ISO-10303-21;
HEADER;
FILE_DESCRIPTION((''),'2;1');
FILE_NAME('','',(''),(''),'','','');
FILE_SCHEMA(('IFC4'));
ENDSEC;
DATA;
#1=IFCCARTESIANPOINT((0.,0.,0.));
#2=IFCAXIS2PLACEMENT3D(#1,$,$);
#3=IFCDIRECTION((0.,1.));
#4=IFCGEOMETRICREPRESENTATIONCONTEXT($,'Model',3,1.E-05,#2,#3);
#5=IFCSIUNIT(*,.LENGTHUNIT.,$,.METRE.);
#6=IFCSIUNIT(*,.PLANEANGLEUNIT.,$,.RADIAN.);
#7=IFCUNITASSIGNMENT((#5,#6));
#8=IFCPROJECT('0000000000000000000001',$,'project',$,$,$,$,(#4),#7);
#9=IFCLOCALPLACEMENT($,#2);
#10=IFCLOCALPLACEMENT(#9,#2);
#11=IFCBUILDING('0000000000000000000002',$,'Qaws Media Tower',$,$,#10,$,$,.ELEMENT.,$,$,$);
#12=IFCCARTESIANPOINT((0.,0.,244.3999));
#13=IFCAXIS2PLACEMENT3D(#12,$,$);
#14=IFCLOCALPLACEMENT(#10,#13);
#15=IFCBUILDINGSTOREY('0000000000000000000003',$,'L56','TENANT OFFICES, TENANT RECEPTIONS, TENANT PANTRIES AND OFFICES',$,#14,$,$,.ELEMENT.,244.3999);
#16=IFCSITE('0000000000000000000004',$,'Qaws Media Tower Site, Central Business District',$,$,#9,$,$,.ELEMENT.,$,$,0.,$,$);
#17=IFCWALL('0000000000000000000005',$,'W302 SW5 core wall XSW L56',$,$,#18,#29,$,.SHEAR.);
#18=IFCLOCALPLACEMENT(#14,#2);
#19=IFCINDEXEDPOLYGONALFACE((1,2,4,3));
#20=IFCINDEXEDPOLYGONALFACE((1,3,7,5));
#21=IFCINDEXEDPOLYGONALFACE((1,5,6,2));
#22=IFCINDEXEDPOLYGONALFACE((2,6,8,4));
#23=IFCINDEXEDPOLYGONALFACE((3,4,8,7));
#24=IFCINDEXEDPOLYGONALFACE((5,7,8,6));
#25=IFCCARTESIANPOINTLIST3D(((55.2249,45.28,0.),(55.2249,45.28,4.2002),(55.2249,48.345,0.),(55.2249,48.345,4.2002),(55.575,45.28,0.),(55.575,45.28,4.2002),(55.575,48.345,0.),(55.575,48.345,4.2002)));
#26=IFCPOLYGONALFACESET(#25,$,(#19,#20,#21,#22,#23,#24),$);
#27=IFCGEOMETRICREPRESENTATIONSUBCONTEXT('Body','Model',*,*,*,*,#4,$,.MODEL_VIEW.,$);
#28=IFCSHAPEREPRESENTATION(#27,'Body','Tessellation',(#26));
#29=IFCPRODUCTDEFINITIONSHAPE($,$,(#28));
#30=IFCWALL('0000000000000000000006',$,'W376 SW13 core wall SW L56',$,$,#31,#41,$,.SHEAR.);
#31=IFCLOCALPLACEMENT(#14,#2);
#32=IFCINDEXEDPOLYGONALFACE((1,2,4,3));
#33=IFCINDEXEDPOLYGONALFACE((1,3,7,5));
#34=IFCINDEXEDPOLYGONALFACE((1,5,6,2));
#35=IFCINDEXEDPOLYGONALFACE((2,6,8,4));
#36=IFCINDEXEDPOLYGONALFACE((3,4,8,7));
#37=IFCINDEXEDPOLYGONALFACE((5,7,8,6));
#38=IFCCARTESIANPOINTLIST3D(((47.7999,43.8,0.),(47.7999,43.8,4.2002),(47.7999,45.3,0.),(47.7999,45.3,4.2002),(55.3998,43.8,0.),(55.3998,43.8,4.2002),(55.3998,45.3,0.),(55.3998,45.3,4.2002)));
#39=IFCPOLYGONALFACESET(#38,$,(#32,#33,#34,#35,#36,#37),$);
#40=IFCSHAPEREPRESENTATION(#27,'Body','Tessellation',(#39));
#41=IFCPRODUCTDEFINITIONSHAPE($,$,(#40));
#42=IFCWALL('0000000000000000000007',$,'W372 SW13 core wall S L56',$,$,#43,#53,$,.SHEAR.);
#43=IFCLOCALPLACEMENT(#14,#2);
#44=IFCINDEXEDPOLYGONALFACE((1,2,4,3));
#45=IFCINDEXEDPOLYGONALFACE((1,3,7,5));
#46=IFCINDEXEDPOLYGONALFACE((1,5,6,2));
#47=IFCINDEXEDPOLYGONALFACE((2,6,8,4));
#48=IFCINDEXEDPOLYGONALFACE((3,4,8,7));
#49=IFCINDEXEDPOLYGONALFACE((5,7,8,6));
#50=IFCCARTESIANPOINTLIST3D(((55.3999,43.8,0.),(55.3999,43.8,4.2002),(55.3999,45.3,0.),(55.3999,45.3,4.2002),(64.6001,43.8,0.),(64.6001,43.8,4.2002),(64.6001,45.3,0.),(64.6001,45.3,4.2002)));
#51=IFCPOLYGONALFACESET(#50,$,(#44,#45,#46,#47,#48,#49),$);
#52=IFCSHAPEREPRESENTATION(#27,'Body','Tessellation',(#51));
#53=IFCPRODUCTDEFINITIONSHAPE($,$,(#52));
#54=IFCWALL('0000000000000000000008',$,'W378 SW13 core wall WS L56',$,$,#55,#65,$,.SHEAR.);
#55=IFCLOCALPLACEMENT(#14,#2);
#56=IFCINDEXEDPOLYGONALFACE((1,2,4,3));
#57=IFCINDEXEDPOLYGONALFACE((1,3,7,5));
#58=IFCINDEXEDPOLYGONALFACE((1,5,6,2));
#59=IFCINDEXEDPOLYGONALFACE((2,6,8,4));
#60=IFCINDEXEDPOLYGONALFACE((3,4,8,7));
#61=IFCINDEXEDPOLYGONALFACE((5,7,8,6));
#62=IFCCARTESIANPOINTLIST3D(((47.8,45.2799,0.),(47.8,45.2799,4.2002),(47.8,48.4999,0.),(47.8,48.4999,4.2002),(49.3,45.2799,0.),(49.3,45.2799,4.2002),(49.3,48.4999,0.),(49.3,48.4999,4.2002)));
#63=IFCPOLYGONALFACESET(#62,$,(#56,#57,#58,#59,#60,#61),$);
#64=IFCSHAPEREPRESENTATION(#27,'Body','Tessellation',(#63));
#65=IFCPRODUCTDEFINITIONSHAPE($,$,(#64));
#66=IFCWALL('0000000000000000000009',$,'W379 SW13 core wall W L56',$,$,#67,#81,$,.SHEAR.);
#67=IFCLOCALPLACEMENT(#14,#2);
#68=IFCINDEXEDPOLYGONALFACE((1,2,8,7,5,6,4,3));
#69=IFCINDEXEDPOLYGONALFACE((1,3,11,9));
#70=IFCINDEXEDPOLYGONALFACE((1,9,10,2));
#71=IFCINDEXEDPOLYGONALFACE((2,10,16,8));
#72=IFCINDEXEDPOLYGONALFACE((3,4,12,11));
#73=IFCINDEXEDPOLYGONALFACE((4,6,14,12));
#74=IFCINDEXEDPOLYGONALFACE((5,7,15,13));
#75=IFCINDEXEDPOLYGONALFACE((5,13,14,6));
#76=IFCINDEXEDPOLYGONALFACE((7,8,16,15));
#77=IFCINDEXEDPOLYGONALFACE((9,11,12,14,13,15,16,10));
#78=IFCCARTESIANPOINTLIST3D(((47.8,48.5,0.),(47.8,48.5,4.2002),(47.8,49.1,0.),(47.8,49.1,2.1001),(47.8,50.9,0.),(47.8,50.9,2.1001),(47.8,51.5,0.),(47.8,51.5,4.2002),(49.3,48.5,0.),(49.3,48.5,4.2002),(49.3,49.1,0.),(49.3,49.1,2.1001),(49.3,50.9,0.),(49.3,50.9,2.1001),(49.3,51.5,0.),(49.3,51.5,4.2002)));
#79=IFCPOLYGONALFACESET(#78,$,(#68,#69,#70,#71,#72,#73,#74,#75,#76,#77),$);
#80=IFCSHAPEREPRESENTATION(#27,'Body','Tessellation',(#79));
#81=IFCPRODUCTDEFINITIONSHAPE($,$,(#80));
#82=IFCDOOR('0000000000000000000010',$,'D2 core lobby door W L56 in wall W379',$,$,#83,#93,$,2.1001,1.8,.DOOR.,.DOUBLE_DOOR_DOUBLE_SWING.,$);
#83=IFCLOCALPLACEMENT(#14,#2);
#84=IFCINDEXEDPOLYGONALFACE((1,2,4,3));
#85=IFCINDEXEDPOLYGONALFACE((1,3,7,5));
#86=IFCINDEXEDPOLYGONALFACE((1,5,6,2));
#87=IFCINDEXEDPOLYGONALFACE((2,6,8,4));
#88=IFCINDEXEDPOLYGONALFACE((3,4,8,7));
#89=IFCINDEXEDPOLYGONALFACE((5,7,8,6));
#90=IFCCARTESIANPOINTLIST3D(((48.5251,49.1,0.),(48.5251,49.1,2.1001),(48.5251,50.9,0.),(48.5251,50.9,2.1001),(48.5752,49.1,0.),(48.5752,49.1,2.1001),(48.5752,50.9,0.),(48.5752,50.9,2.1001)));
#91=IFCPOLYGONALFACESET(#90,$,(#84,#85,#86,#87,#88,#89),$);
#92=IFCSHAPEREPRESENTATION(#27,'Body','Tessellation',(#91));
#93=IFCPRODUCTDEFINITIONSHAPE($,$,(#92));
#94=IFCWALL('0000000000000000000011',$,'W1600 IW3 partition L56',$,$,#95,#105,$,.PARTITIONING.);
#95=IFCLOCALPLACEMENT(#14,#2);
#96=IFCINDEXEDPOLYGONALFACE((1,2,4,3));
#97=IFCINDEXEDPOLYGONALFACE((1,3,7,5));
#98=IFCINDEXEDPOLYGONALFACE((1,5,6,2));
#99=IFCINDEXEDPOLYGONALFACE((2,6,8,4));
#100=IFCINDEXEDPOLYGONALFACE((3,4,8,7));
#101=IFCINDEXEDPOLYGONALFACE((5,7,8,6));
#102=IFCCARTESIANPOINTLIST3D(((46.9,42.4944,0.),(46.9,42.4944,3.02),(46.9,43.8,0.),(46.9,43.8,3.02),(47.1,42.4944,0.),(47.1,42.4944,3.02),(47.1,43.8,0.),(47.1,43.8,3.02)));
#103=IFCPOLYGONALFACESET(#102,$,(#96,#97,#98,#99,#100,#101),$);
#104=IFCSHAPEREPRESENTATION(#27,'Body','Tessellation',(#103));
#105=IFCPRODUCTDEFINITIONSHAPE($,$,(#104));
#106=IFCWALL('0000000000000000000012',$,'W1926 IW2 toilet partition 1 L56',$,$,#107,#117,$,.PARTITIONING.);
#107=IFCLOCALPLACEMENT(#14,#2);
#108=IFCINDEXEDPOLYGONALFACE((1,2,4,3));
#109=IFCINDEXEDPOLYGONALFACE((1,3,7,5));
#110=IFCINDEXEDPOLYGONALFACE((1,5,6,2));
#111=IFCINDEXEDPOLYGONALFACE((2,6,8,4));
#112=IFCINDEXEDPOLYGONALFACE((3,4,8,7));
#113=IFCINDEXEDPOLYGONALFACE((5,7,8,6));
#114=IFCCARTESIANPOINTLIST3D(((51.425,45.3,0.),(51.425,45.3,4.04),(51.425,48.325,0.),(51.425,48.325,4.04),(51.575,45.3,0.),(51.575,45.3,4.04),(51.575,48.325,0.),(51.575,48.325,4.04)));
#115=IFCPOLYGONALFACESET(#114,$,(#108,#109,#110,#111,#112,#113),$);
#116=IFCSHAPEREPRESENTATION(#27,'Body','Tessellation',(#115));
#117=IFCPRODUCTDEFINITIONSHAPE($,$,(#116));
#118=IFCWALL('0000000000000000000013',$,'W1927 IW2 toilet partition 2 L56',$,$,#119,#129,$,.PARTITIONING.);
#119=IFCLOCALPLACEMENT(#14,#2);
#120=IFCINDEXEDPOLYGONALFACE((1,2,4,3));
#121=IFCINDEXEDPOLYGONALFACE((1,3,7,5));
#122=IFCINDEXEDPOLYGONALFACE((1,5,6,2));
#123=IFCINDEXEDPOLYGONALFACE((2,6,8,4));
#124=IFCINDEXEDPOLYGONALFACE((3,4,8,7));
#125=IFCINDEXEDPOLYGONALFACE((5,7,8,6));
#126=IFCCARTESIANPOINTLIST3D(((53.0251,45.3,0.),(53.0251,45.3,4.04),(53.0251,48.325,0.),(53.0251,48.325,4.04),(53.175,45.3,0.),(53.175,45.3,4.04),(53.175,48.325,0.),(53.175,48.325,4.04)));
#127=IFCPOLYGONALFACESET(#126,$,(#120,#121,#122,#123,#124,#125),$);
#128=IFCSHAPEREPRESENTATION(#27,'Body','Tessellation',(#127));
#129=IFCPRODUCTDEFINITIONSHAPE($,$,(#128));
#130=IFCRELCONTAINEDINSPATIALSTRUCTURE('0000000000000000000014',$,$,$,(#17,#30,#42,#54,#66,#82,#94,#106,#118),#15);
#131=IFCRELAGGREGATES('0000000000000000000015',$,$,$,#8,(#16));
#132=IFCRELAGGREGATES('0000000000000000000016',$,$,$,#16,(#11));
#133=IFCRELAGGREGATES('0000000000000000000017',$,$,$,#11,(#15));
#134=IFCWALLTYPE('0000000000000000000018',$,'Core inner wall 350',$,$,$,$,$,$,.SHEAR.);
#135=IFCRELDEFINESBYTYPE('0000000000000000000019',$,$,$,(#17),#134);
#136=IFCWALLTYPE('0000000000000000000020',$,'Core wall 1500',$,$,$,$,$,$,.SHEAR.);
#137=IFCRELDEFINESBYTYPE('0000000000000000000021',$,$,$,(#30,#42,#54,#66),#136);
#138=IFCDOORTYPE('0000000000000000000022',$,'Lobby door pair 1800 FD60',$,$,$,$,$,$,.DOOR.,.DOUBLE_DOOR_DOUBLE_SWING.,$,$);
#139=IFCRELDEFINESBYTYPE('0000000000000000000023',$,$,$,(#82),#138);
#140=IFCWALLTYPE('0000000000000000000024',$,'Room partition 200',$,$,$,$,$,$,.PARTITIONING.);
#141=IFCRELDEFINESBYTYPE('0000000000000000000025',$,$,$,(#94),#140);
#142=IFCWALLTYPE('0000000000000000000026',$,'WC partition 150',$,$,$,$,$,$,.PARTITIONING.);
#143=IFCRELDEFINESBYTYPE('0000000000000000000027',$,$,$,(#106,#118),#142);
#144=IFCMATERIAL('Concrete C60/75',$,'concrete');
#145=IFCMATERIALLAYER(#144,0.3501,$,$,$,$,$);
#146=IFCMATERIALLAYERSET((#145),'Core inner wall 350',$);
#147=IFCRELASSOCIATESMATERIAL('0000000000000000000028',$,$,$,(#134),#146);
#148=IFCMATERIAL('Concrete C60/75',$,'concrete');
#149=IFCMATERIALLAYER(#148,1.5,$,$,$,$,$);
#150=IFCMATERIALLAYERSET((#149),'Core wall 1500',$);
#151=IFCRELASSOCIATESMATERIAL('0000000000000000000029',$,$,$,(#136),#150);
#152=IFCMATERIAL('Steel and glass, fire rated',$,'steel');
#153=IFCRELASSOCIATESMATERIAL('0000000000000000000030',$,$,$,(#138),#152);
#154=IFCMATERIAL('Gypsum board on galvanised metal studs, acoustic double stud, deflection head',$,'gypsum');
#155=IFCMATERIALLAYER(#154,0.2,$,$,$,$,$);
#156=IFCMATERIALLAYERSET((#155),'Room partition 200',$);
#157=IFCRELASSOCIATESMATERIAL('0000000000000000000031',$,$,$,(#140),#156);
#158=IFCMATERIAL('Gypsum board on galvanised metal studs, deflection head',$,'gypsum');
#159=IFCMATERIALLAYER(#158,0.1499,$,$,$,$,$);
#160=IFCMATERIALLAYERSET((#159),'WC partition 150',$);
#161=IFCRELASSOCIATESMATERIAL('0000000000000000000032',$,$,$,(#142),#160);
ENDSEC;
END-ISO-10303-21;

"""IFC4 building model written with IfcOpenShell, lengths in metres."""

from ifc_helpers import new_model, si_unit, direction, frame, frame_2d, origin, place, context, subcontext, project, spatial, rectangle, extrude, material, layer, layer_set, type_object, element, fill, save


model = new_model("IFC4")

# Units and contexts
model_context = context("Model", 3, precision=1e-05, world=origin(), true_north=direction((0.0, 1.0)))
body_context = subcontext(model_context, "Body", "Model", "MODEL_VIEW")
ifc_project = project(units=[si_unit("LENGTHUNIT", "METRE"), si_unit("PLANEANGLEUNIT", "RADIAN")], contexts=[model_context])

# Site, building, storey
site_placement = place(None, origin())
site = spatial("IfcSite", under=ifc_project, at=site_placement, Name="Qaws Media Tower Site, Central Business District", CompositionType="ELEMENT", RefElevation=0.0)
building_placement = place(site_placement, origin())
building = spatial("IfcBuilding", under=site, at=building_placement, Name="Qaws Media Tower", CompositionType="ELEMENT")
storey_placement = place(building_placement, frame((0.0, 0.0, 244.3999)))
storey = spatial("IfcBuildingStorey", under=building, at=storey_placement, Name="L56", Description="TENANT OFFICES, TENANT RECEPTIONS, TENANT PANTRIES AND OFFICES", CompositionType="ELEMENT", Elevation=244.3999)

# Shared definitions
ifc_material_1 = material(Name="Concrete C60/75", Category="concrete")
ifc_layer_1 = layer(ifc_material_1, 0.3501)
ifc_layer_set_1 = layer_set([ifc_layer_1], Name="Core inner wall 350")
wall_type_1 = type_object("IfcWallType", Name="Core inner wall 350", PredefinedType="SHEAR", material=ifc_layer_set_1)

# Walls
wall_1_placement = place(storey_placement, frame((55.3999, 48.345, 0.0), z_axis=(0.0, 0.0, 1.0), x_axis=(0.0, -1.0, 0.0)))
element("IfcWall", 1, at=wall_1_placement, inside=storey, type_object=wall_type_1, Name="W302 SW5 core wall XSW L56", PredefinedType="SHEAR", context=body_context, shape_type="SweptSolid", body=[
    extrude(rectangle(XDim=3.0649, YDim=0.3501, at=frame_2d((1.5325, 0.0))), origin(), (0.0, 0.0, 1.0), 4.2002),
])
ifc_material_2 = material(Name="Concrete C60/75", Category="concrete")
ifc_layer_2 = layer(ifc_material_2, 1.5)
ifc_layer_set_2 = layer_set([ifc_layer_2], Name="Core wall 1500")
wall_type_2 = type_object("IfcWallType", Name="Core wall 1500", PredefinedType="SHEAR", material=ifc_layer_set_2)
wall_2_placement = place(storey_placement, frame((47.8, 44.55, 0.0), z_axis=(0.0, 0.0, 1.0), x_axis=(1.0, 0.0, 0.0)))
element("IfcWall", 2, at=wall_2_placement, inside=storey, type_object=wall_type_2, Name="W376 SW13 core wall SW L56", PredefinedType="SHEAR", context=body_context, shape_type="SweptSolid", body=[
    extrude(rectangle(XDim=7.5999, YDim=1.5, at=frame_2d((3.7998, 0.0))), origin(), (0.0, 0.0, 1.0), 4.2002),
])
wall_3_placement = place(storey_placement, frame((55.3999, 44.55, 0.0), z_axis=(0.0, 0.0, 1.0), x_axis=(1.0, 0.0, 0.0)))
element("IfcWall", 3, at=wall_3_placement, inside=storey, type_object=wall_type_2, Name="W372 SW13 core wall S L56", PredefinedType="SHEAR", context=body_context, shape_type="SweptSolid", body=[
    extrude(rectangle(XDim=9.2002, YDim=1.5, at=frame_2d((4.6001, 0.0))), origin(), (0.0, 0.0, 1.0), 4.2002),
])
wall_4_placement = place(storey_placement, frame((48.55, 45.28, 0.0), z_axis=(0.0, 0.0, 1.0), x_axis=(0.0, 1.0, 0.0)))
element("IfcWall", 4, at=wall_4_placement, inside=storey, type_object=wall_type_2, Name="W378 SW13 core wall WS L56", PredefinedType="SHEAR", context=body_context, shape_type="SweptSolid", body=[
    extrude(rectangle(XDim=3.22, YDim=1.5, at=frame_2d((1.6099, 0.0))), origin(), (0.0, 0.0, 1.0), 4.2002),
])

# Wall, opening, door
wall_5_placement = place(storey_placement, frame((48.55, 48.5, 0.0), z_axis=(0.0, 0.0, 1.0), x_axis=(0.0, 1.0, 0.0)))
wall_5 = element("IfcWall", 5, at=wall_5_placement, inside=storey, type_object=wall_type_2, Name="W379 SW13 core wall W L56", PredefinedType="SHEAR", context=body_context, shape_type="SweptSolid", body=[
    extrude(rectangle(XDim=3.0, YDim=1.5, at=frame_2d((1.5, 0.0))), origin(), (0.0, 0.0, 1.0), 4.2002),
])
opening_1_placement = place(wall_5_placement, frame((0.6001, 0.0, 0.0)))
opening_1 = element("IfcOpeningElement", 6, at=opening_1_placement, cuts=wall_5, PredefinedType="OPENING", context=body_context, shape_type="SweptSolid", body=[
    extrude(rectangle(XDim=1.8, YDim=2.1001, at=frame_2d((0.8999, 1.05))), frame((0.0, 0.76, 0.0), z_axis=(0.0, -1.0, 0.0), x_axis=(1.0, 0.0, 0.0)), (0.0, 0.0, 1.0), 1.52),
])
ifc_material_3 = material(Name="Steel and glass, fire rated", Category="steel")
door_type_1 = type_object("IfcDoorType", Name="Lobby door pair 1800 FD60", OperationType="DOUBLE_DOOR_DOUBLE_SWING", PredefinedType="DOOR", material=ifc_material_3)
door_1_placement = place(opening_1_placement, origin())
door_1 = element("IfcDoor", 7, at=door_1_placement, inside=storey, type_object=door_type_1, Name="D2 core lobby door W L56 in wall W379", OperationType="DOUBLE_DOOR_DOUBLE_SWING", OverallHeight=2.1001, OverallWidth=1.8, PredefinedType="DOOR", context=body_context, shape_type="SweptSolid", body=[
    extrude(rectangle(XDim=1.8, YDim=2.1001, at=frame_2d((0.8999, 1.05))), frame((0.0, 0.0249, 0.0), z_axis=(0.0, -1.0, 0.0), x_axis=(1.0, 0.0, 0.0)), (0.0, 0.0, 1.0), 0.05),
])
fill(opening_1, door_1)

# Walls
ifc_material_4 = material(Name="Gypsum board on galvanised metal studs, acoustic double stud, deflection head", Category="gypsum")
ifc_layer_3 = layer(ifc_material_4, 0.2)
ifc_layer_set_3 = layer_set([ifc_layer_3], Name="Room partition 200")
wall_type_3 = type_object("IfcWallType", Name="Room partition 200", PredefinedType="PARTITIONING", material=ifc_layer_set_3)
wall_6_placement = place(storey_placement, frame((47.0, 43.8, 0.0), z_axis=(0.0, 0.0, 1.0), x_axis=(0.0, -1.0, 0.0)))
element("IfcWall", 8, at=wall_6_placement, inside=storey, type_object=wall_type_3, Name="W1600 IW3 partition L56", PredefinedType="PARTITIONING", context=body_context, shape_type="SweptSolid", body=[
    extrude(rectangle(XDim=1.3057, YDim=0.2, at=frame_2d((0.6528, 0.0))), origin(), (0.0, 0.0, 1.0), 3.02),
])
ifc_material_5 = material(Name="Gypsum board on galvanised metal studs, deflection head", Category="gypsum")
ifc_layer_4 = layer(ifc_material_5, 0.1499)
ifc_layer_set_4 = layer_set([ifc_layer_4], Name="WC partition 150")
wall_type_4 = type_object("IfcWallType", Name="WC partition 150", PredefinedType="PARTITIONING", material=ifc_layer_set_4)
for number, where, z_axis, x_axis, name in (
    (9, (51.5, 45.3, 0.0), (0.0, 0.0, 1.0), (0.0, 1.0, 0.0), "W1926 IW2 toilet partition 1 L56"),
    (10, (53.1001, 45.3, 0.0), (0.0, 0.0, 1.0), (0.0, 1.0, 0.0), "W1927 IW2 toilet partition 2 L56"),
):
    element("IfcWall", number, at=place(storey_placement, frame(where, z_axis=z_axis, x_axis=x_axis)), inside=storey, type_object=wall_type_4, Name=name, PredefinedType="PARTITIONING", context=body_context, shape_type="SweptSolid", body=[
        extrude(rectangle(XDim=3.0249, YDim=0.1499, at=frame_2d((1.5125, 0.0))), origin(), (0.0, 0.0, 1.0), 4.04),
    ])

save(model, "model.ifc")
